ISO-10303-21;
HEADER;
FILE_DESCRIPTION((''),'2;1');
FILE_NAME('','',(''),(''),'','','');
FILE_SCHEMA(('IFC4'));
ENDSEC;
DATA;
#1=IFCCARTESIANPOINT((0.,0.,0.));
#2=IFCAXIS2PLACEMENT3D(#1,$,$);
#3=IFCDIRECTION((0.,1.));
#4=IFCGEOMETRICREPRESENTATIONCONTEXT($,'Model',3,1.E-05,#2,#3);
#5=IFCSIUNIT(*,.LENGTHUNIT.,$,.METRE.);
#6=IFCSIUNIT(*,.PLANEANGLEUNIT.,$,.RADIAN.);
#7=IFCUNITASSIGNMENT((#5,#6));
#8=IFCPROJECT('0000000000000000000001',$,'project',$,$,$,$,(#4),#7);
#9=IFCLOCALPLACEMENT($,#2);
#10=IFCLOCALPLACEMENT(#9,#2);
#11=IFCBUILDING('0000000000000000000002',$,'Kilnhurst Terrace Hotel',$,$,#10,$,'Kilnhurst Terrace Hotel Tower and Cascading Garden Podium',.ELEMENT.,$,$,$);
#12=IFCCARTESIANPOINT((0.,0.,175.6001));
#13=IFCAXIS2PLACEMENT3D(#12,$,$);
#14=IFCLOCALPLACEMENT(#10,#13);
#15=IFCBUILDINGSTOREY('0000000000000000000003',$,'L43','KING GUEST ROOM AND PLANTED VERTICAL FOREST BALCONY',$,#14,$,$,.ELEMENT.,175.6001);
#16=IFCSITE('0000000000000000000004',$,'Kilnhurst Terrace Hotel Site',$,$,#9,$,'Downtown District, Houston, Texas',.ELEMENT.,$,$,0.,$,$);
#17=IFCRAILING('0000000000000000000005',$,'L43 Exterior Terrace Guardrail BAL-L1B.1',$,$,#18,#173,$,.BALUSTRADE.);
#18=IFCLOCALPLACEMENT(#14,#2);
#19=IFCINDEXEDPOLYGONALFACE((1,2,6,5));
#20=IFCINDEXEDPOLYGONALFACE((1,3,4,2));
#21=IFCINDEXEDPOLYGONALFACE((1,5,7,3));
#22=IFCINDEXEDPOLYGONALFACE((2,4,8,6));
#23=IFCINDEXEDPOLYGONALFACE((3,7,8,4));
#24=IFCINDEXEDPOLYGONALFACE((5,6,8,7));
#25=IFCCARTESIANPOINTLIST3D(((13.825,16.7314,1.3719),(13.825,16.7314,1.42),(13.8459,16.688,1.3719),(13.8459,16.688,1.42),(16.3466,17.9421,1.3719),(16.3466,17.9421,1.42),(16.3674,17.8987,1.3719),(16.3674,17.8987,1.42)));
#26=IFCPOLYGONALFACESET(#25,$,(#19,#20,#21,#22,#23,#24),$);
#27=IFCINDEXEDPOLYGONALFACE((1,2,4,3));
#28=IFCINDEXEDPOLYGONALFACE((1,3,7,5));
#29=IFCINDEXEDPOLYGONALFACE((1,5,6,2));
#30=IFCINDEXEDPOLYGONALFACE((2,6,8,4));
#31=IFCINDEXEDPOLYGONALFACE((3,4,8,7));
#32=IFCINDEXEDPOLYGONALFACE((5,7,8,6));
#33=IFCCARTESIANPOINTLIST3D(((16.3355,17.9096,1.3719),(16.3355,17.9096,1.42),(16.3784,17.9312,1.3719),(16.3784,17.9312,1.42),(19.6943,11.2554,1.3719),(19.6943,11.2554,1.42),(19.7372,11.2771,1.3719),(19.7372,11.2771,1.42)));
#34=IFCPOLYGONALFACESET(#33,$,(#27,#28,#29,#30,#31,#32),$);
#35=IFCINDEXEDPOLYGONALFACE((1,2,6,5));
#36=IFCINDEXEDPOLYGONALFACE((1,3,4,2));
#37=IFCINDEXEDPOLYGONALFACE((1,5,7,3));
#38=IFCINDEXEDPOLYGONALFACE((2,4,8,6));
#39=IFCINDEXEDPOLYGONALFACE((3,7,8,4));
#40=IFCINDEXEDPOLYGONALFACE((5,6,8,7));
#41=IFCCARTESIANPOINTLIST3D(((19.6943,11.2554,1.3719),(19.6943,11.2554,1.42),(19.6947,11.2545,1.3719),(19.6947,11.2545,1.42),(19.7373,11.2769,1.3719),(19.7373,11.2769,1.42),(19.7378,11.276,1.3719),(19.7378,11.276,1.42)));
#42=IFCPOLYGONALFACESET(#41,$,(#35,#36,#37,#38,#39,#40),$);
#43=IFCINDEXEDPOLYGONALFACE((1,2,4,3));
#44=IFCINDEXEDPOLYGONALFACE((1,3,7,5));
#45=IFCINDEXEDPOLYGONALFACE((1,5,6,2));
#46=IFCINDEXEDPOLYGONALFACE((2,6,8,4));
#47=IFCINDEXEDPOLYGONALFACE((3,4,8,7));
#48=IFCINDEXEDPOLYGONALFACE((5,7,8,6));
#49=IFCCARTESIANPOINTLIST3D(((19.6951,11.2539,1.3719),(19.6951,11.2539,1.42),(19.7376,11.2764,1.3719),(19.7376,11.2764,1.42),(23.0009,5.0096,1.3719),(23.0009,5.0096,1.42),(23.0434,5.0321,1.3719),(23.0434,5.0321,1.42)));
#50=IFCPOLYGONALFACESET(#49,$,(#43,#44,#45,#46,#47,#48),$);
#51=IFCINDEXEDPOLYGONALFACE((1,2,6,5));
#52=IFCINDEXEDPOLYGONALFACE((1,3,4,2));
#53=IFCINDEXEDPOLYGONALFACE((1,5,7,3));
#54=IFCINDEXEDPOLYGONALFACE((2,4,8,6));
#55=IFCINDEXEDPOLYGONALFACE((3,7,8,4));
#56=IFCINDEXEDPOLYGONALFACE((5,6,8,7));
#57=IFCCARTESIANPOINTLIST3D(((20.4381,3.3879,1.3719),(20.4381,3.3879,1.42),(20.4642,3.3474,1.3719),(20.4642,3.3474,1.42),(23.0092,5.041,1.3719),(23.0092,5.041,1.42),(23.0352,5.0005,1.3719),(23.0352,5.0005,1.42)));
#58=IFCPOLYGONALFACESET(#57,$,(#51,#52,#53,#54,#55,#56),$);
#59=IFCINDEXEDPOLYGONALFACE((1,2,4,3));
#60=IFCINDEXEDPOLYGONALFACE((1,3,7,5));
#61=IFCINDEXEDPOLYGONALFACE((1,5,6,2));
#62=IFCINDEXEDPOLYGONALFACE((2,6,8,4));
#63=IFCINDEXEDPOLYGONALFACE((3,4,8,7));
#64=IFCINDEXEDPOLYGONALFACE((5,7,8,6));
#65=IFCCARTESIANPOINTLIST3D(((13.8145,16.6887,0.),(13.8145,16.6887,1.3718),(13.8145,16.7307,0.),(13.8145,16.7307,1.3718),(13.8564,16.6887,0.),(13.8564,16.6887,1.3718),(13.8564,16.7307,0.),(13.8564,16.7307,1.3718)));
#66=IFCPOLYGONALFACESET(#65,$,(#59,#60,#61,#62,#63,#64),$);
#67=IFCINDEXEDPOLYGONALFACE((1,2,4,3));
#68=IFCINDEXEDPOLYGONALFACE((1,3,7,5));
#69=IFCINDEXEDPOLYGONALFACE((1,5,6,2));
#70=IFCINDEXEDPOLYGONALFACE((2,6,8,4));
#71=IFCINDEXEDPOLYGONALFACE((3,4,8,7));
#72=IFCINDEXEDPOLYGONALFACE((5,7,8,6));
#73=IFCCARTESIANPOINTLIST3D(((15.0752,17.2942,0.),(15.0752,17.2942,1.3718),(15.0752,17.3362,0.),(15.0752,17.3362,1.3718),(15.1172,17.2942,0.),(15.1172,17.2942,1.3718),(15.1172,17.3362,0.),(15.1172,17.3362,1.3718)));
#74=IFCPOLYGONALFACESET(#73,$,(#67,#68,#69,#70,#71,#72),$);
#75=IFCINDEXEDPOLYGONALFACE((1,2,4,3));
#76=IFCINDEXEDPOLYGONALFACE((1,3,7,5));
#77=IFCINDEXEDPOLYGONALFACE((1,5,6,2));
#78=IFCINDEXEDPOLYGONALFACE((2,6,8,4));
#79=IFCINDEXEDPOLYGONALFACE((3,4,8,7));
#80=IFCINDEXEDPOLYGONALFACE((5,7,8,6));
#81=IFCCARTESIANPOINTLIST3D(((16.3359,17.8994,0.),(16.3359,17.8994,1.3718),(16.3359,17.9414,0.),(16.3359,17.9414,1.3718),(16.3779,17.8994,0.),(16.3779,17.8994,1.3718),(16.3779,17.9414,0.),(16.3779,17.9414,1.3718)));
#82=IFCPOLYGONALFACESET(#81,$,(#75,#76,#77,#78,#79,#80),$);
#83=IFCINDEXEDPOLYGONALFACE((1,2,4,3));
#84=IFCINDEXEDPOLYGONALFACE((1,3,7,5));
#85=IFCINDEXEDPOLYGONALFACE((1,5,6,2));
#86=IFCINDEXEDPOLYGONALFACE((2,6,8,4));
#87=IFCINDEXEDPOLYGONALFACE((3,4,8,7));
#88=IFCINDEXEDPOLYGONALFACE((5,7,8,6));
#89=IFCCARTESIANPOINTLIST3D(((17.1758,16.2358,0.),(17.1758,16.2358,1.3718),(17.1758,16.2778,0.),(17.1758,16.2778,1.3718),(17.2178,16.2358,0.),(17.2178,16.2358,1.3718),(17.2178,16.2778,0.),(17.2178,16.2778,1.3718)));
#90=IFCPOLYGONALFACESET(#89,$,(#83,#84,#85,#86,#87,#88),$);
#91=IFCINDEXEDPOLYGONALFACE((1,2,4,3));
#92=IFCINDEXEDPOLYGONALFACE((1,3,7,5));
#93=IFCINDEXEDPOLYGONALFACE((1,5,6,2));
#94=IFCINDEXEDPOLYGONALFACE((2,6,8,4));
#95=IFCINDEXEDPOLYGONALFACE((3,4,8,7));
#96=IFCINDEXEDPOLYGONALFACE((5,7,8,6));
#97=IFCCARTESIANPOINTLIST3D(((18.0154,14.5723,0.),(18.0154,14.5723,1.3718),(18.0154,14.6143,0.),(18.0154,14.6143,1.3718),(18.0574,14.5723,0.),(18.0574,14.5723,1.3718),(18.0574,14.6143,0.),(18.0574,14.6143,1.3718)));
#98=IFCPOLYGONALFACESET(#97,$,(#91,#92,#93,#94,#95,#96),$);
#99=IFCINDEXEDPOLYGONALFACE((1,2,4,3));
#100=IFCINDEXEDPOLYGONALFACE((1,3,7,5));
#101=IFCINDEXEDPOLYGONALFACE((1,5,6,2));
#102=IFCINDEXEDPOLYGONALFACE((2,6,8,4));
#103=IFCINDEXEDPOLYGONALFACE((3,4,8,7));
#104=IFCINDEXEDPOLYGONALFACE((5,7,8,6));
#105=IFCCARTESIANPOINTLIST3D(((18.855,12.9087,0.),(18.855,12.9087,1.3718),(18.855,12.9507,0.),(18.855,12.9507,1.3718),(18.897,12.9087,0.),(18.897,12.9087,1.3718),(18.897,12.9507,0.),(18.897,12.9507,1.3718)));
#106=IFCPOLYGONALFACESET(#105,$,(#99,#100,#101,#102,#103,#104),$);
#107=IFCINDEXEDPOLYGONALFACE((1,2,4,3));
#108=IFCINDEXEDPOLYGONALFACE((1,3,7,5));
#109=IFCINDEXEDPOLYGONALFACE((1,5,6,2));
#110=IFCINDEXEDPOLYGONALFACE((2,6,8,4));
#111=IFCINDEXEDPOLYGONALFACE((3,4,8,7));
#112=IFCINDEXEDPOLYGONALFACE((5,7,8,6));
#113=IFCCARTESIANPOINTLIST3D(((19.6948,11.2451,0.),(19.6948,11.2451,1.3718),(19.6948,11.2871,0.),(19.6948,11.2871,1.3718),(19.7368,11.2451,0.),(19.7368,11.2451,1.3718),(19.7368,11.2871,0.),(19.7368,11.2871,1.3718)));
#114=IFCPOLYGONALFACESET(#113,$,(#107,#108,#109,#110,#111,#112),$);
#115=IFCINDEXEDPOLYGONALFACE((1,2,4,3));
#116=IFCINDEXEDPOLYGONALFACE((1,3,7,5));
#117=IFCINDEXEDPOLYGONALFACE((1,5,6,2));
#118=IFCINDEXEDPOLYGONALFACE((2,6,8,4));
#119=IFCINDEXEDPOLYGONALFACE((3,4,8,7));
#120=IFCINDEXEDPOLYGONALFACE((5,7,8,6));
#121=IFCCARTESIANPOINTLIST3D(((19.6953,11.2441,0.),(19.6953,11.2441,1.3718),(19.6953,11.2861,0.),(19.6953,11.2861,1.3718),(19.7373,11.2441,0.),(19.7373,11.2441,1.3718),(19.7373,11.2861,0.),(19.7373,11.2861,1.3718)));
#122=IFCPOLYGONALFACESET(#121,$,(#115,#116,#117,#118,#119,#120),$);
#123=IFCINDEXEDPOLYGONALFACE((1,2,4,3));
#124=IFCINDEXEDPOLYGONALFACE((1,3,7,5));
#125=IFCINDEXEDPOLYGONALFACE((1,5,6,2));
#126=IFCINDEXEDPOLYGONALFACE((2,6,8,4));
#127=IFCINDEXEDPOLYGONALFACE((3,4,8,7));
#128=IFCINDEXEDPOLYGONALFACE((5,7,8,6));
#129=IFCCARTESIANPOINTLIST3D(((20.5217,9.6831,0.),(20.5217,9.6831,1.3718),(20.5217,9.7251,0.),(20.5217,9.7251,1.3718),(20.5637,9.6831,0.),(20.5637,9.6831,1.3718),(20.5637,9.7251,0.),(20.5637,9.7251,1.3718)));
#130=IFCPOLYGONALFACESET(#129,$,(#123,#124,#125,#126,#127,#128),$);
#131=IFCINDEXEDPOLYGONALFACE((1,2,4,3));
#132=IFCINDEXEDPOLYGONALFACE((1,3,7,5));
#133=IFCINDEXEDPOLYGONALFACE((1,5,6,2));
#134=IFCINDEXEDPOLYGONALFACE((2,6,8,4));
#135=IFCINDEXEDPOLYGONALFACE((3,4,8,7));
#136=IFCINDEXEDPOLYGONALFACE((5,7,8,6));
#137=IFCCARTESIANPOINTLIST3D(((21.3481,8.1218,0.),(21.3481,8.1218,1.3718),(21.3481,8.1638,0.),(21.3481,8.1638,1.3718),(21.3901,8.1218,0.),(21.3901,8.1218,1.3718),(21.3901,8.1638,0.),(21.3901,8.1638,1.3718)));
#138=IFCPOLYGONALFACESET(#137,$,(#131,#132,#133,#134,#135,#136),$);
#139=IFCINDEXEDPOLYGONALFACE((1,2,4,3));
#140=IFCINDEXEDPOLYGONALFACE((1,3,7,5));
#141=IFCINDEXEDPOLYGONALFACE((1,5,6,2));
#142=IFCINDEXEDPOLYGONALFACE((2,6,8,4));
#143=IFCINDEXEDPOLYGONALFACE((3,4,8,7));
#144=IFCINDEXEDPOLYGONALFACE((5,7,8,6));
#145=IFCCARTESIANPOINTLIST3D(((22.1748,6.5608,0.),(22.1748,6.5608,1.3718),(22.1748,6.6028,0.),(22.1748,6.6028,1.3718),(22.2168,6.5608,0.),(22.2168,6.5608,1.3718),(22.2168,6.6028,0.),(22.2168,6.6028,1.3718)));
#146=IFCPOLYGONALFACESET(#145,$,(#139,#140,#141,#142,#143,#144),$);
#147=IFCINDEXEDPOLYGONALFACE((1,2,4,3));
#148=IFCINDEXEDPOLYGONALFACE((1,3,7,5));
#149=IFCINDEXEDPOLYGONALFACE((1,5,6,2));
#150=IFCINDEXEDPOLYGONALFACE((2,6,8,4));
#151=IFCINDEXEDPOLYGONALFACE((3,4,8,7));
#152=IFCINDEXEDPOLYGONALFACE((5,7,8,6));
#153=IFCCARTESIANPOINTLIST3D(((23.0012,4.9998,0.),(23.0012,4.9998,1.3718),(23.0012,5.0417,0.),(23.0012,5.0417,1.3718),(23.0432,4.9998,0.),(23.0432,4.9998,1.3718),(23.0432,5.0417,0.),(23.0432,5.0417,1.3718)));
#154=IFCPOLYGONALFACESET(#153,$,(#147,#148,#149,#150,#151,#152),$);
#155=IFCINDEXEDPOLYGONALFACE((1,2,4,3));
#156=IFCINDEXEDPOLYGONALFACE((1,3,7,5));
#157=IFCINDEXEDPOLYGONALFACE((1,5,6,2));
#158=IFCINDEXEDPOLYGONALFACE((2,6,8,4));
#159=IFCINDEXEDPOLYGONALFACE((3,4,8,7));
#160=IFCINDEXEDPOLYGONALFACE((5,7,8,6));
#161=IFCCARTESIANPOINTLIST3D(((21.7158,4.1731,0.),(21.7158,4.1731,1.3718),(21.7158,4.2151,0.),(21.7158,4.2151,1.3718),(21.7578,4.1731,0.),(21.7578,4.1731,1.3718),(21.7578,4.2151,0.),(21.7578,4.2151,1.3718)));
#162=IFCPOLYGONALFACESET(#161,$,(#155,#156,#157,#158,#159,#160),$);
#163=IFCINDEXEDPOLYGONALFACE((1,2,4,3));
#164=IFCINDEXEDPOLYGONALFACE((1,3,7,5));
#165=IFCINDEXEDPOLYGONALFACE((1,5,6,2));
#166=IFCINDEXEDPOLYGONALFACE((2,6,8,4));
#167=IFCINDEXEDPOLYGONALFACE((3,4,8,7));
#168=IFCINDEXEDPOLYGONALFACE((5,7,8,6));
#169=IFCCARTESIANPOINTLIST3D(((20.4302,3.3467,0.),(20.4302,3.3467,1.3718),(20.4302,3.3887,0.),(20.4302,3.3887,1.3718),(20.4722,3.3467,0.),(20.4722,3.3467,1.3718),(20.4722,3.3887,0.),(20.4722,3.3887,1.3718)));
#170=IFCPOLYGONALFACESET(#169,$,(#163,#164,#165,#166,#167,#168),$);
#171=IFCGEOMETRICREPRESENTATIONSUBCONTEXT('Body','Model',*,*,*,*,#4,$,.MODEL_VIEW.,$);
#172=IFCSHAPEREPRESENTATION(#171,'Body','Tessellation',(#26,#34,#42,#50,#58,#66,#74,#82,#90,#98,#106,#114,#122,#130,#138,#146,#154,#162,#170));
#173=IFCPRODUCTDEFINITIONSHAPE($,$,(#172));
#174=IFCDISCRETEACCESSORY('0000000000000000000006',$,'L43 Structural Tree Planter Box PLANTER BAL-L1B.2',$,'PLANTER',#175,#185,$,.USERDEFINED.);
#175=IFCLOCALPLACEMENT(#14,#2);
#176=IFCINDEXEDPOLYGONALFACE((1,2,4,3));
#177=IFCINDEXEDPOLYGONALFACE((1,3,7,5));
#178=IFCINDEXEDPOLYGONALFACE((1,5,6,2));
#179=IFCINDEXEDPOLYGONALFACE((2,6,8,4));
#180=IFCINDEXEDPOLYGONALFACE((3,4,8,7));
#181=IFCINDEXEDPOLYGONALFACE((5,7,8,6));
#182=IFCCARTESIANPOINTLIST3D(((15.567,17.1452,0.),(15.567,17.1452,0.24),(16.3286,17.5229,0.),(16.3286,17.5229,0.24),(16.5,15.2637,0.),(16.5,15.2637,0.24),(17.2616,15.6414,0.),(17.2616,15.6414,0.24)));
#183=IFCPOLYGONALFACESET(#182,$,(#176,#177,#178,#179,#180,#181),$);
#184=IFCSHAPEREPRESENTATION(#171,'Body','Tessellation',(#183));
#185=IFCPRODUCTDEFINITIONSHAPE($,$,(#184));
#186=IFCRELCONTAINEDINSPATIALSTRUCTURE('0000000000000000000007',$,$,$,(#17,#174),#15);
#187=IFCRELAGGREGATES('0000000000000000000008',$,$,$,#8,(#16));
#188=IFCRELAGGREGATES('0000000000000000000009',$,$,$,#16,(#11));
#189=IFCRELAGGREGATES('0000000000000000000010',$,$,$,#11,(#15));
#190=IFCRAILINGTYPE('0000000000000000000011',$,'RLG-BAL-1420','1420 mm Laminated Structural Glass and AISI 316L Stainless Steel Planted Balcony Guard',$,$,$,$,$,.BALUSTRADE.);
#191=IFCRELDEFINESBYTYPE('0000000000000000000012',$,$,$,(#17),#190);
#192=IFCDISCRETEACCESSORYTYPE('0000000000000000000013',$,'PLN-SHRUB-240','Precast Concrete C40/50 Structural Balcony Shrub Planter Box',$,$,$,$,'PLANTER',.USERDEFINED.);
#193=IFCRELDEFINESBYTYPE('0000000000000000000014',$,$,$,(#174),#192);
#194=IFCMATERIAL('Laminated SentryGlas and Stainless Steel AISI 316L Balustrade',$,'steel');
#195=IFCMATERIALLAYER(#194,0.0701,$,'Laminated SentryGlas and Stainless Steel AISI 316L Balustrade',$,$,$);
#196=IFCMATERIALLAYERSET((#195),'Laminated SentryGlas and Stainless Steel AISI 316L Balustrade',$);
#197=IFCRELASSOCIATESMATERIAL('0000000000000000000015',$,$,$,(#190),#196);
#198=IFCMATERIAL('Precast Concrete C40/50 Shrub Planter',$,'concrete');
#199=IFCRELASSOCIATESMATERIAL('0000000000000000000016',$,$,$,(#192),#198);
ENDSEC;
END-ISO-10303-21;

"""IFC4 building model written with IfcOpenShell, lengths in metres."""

from ifc_helpers import new_model, si_unit, direction, frame, origin, origin_2d, place, context, subcontext, project, spatial, rectangle, extrude, material, layer, layer_set, type_object, element, save


model = new_model("IFC4")

# Units and contexts
model_context = context("Model", 3, precision=1e-05, world=origin(), true_north=direction((0.0, 1.0)))
body_context = subcontext(model_context, "Body", "Model", "MODEL_VIEW")
ifc_project = project(units=[si_unit("LENGTHUNIT", "METRE"), si_unit("PLANEANGLEUNIT", "RADIAN")], contexts=[model_context])

# Site, building, storey
site_placement = place(None, origin())
site = spatial("IfcSite", under=ifc_project, at=site_placement, Name="Kilnhurst Terrace Hotel Site", LongName="Downtown District, Houston, Texas", CompositionType="ELEMENT", RefElevation=0.0)
building_placement = place(site_placement, origin())
building = spatial("IfcBuilding", under=site, at=building_placement, Name="Kilnhurst Terrace Hotel", LongName="Kilnhurst Terrace Hotel Tower and Cascading Garden Podium", CompositionType="ELEMENT")
storey_placement = place(building_placement, frame((0.0, 0.0, 175.6001)))
storey = spatial("IfcBuildingStorey", under=building, at=storey_placement, Name="L43", Description="KING GUEST ROOM AND PLANTED VERTICAL FOREST BALCONY", CompositionType="ELEMENT", Elevation=175.6001)

# Railing
ifc_material_1 = material(Name="Laminated SentryGlas and Stainless Steel AISI 316L Balustrade", Category="steel")
ifc_layer_1 = layer(ifc_material_1, 0.0701, Name="Laminated SentryGlas and Stainless Steel AISI 316L Balustrade")
ifc_layer_set_1 = layer_set([ifc_layer_1], Name="Laminated SentryGlas and Stainless Steel AISI 316L Balustrade")
railing_type = type_object("IfcRailingType", Name="RLG-BAL-1420", Description="1420 mm Laminated Structural Glass and AISI 316L Stainless Steel Planted Balcony Guard", PredefinedType="BALUSTRADE", material=ifc_layer_set_1)
railing_placement = place(storey_placement, frame((13.8354, 16.7097, 0.0)))
element("IfcRailing", 1, at=railing_placement, inside=storey, type_object=railing_type, Name="L43 Exterior Terrace Guardrail BAL-L1B.1", PredefinedType="BALUSTRADE", context=body_context, shape_type="SweptSolid", body=[
    extrude(rectangle(XDim=0.0481, YDim=0.0481, at=origin_2d()), frame((0.0, 0.0, 1.396), z_axis=(0.90147, 0.432842, 0.0), x_axis=(-0.432842, 0.90147, 0.0)), (0.0, 0.0, 1.0), 2.7971),
    extrude(rectangle(XDim=0.0481, YDim=0.0481, at=origin_2d()), frame((2.5215, 1.2107, 1.396), z_axis=(0.450617, -0.892718, 0.0), x_axis=(0.892718, 0.450617, 0.0)), (0.0, 0.0, 1.0), 7.4539),
    extrude(rectangle(XDim=0.0481, YDim=0.0481, at=origin_2d()), frame((5.8804, -5.4436, 1.396), z_axis=(0.447214, -0.894427, 0.0), x_axis=(0.894427, 0.447214, 0.0)), (0.0, 0.0, 1.0), 0.001),
    extrude(rectangle(XDim=0.0481, YDim=0.0481, at=origin_2d()), frame((5.8809, -5.4446, 1.396), z_axis=(0.467894, -0.883785, 0.0), x_axis=(0.883785, 0.467894, 0.0)), (0.0, 0.0, 1.0), 7.0654),
    extrude(rectangle(XDim=0.0481, YDim=0.0481, at=origin_2d()), frame((9.1868, -11.689, 1.396), z_axis=(-0.84114, -0.540818, 0.0), x_axis=(0.540818, -0.84114, 0.0)), (0.0, 0.0, 1.0), 3.0566),
    extrude(rectangle(XDim=0.042, YDim=0.042, at=origin_2d()), origin(), (0.0, 0.0, 1.0), 1.3718),
    extrude(rectangle(XDim=0.042, YDim=0.042, at=origin_2d()), frame((1.2607, 0.6055, 0.0)), (0.0, 0.0, 1.0), 1.3718),
    extrude(rectangle(XDim=0.042, YDim=0.042, at=origin_2d()), frame((2.5215, 1.2107, 0.0)), (0.0, 0.0, 1.0), 1.3718),
    extrude(rectangle(XDim=0.042, YDim=0.042, at=origin_2d()), frame((3.3613, -0.4529, 0.0)), (0.0, 0.0, 1.0), 1.3718),
    extrude(rectangle(XDim=0.042, YDim=0.042, at=origin_2d()), frame((4.2009, -2.1165, 0.0)), (0.0, 0.0, 1.0), 1.3718),
    extrude(rectangle(XDim=0.042, YDim=0.042, at=origin_2d()), frame((5.0405, -3.78, 0.0)), (0.0, 0.0, 1.0), 1.3718),
    extrude(rectangle(XDim=0.042, YDim=0.042, at=origin_2d()), frame((5.8804, -5.4436, 0.0)), (0.0, 0.0, 1.0), 1.3718),
    extrude(rectangle(XDim=0.042, YDim=0.042, at=origin_2d()), frame((5.8809, -5.4446, 0.0)), (0.0, 0.0, 1.0), 1.3718),
    extrude(rectangle(XDim=0.042, YDim=0.042, at=origin_2d()), frame((6.7073, -7.0056, 0.0)), (0.0, 0.0, 1.0), 1.3718),
    extrude(rectangle(XDim=0.042, YDim=0.042, at=origin_2d()), frame((7.5337, -8.5669, 0.0)), (0.0, 0.0, 1.0), 1.3718),
    extrude(rectangle(XDim=0.042, YDim=0.042, at=origin_2d()), frame((8.3604, -10.1279, 0.0)), (0.0, 0.0, 1.0), 1.3718),
    extrude(rectangle(XDim=0.042, YDim=0.042, at=origin_2d()), frame((9.1868, -11.689, 0.0)), (0.0, 0.0, 1.0), 1.3718),
    extrude(rectangle(XDim=0.042, YDim=0.042, at=origin_2d()), frame((7.9014, -12.5156, 0.0)), (0.0, 0.0, 1.0), 1.3718),
    extrude(rectangle(XDim=0.042, YDim=0.042, at=origin_2d()), frame((6.6157, -13.342, 0.0)), (0.0, 0.0, 1.0), 1.3718),
])

# Discrete accessory
ifc_material_2 = material(Name="Precast Concrete C40/50 Shrub Planter", Category="concrete")
discrete_accessory_type = type_object("IfcDiscreteAccessoryType", Name="PLN-SHRUB-240", Description="Precast Concrete C40/50 Structural Balcony Shrub Planter Box", ElementType="PLANTER", PredefinedType="USERDEFINED", material=ifc_material_2)
discrete_accessory_placement = place(storey_placement, frame((16.4143, 16.3933, 0.0), z_axis=(0.0, 0.0, 1.0), x_axis=(-0.444244, 0.895906, 0.0)))
element("IfcDiscreteAccessory", 2, at=discrete_accessory_placement, inside=storey, type_object=discrete_accessory_type, Name="L43 Structural Tree Planter Box PLANTER BAL-L1B.2", ObjectType="PLANTER", PredefinedType="USERDEFINED", context=body_context, shape_type="SweptSolid", body=[
    extrude(rectangle(XDim=2.1001, YDim=0.8501, at=origin_2d()), origin(), (0.0, 0.0, 1.0), 0.24),
])

save(model, "model.ifc")
